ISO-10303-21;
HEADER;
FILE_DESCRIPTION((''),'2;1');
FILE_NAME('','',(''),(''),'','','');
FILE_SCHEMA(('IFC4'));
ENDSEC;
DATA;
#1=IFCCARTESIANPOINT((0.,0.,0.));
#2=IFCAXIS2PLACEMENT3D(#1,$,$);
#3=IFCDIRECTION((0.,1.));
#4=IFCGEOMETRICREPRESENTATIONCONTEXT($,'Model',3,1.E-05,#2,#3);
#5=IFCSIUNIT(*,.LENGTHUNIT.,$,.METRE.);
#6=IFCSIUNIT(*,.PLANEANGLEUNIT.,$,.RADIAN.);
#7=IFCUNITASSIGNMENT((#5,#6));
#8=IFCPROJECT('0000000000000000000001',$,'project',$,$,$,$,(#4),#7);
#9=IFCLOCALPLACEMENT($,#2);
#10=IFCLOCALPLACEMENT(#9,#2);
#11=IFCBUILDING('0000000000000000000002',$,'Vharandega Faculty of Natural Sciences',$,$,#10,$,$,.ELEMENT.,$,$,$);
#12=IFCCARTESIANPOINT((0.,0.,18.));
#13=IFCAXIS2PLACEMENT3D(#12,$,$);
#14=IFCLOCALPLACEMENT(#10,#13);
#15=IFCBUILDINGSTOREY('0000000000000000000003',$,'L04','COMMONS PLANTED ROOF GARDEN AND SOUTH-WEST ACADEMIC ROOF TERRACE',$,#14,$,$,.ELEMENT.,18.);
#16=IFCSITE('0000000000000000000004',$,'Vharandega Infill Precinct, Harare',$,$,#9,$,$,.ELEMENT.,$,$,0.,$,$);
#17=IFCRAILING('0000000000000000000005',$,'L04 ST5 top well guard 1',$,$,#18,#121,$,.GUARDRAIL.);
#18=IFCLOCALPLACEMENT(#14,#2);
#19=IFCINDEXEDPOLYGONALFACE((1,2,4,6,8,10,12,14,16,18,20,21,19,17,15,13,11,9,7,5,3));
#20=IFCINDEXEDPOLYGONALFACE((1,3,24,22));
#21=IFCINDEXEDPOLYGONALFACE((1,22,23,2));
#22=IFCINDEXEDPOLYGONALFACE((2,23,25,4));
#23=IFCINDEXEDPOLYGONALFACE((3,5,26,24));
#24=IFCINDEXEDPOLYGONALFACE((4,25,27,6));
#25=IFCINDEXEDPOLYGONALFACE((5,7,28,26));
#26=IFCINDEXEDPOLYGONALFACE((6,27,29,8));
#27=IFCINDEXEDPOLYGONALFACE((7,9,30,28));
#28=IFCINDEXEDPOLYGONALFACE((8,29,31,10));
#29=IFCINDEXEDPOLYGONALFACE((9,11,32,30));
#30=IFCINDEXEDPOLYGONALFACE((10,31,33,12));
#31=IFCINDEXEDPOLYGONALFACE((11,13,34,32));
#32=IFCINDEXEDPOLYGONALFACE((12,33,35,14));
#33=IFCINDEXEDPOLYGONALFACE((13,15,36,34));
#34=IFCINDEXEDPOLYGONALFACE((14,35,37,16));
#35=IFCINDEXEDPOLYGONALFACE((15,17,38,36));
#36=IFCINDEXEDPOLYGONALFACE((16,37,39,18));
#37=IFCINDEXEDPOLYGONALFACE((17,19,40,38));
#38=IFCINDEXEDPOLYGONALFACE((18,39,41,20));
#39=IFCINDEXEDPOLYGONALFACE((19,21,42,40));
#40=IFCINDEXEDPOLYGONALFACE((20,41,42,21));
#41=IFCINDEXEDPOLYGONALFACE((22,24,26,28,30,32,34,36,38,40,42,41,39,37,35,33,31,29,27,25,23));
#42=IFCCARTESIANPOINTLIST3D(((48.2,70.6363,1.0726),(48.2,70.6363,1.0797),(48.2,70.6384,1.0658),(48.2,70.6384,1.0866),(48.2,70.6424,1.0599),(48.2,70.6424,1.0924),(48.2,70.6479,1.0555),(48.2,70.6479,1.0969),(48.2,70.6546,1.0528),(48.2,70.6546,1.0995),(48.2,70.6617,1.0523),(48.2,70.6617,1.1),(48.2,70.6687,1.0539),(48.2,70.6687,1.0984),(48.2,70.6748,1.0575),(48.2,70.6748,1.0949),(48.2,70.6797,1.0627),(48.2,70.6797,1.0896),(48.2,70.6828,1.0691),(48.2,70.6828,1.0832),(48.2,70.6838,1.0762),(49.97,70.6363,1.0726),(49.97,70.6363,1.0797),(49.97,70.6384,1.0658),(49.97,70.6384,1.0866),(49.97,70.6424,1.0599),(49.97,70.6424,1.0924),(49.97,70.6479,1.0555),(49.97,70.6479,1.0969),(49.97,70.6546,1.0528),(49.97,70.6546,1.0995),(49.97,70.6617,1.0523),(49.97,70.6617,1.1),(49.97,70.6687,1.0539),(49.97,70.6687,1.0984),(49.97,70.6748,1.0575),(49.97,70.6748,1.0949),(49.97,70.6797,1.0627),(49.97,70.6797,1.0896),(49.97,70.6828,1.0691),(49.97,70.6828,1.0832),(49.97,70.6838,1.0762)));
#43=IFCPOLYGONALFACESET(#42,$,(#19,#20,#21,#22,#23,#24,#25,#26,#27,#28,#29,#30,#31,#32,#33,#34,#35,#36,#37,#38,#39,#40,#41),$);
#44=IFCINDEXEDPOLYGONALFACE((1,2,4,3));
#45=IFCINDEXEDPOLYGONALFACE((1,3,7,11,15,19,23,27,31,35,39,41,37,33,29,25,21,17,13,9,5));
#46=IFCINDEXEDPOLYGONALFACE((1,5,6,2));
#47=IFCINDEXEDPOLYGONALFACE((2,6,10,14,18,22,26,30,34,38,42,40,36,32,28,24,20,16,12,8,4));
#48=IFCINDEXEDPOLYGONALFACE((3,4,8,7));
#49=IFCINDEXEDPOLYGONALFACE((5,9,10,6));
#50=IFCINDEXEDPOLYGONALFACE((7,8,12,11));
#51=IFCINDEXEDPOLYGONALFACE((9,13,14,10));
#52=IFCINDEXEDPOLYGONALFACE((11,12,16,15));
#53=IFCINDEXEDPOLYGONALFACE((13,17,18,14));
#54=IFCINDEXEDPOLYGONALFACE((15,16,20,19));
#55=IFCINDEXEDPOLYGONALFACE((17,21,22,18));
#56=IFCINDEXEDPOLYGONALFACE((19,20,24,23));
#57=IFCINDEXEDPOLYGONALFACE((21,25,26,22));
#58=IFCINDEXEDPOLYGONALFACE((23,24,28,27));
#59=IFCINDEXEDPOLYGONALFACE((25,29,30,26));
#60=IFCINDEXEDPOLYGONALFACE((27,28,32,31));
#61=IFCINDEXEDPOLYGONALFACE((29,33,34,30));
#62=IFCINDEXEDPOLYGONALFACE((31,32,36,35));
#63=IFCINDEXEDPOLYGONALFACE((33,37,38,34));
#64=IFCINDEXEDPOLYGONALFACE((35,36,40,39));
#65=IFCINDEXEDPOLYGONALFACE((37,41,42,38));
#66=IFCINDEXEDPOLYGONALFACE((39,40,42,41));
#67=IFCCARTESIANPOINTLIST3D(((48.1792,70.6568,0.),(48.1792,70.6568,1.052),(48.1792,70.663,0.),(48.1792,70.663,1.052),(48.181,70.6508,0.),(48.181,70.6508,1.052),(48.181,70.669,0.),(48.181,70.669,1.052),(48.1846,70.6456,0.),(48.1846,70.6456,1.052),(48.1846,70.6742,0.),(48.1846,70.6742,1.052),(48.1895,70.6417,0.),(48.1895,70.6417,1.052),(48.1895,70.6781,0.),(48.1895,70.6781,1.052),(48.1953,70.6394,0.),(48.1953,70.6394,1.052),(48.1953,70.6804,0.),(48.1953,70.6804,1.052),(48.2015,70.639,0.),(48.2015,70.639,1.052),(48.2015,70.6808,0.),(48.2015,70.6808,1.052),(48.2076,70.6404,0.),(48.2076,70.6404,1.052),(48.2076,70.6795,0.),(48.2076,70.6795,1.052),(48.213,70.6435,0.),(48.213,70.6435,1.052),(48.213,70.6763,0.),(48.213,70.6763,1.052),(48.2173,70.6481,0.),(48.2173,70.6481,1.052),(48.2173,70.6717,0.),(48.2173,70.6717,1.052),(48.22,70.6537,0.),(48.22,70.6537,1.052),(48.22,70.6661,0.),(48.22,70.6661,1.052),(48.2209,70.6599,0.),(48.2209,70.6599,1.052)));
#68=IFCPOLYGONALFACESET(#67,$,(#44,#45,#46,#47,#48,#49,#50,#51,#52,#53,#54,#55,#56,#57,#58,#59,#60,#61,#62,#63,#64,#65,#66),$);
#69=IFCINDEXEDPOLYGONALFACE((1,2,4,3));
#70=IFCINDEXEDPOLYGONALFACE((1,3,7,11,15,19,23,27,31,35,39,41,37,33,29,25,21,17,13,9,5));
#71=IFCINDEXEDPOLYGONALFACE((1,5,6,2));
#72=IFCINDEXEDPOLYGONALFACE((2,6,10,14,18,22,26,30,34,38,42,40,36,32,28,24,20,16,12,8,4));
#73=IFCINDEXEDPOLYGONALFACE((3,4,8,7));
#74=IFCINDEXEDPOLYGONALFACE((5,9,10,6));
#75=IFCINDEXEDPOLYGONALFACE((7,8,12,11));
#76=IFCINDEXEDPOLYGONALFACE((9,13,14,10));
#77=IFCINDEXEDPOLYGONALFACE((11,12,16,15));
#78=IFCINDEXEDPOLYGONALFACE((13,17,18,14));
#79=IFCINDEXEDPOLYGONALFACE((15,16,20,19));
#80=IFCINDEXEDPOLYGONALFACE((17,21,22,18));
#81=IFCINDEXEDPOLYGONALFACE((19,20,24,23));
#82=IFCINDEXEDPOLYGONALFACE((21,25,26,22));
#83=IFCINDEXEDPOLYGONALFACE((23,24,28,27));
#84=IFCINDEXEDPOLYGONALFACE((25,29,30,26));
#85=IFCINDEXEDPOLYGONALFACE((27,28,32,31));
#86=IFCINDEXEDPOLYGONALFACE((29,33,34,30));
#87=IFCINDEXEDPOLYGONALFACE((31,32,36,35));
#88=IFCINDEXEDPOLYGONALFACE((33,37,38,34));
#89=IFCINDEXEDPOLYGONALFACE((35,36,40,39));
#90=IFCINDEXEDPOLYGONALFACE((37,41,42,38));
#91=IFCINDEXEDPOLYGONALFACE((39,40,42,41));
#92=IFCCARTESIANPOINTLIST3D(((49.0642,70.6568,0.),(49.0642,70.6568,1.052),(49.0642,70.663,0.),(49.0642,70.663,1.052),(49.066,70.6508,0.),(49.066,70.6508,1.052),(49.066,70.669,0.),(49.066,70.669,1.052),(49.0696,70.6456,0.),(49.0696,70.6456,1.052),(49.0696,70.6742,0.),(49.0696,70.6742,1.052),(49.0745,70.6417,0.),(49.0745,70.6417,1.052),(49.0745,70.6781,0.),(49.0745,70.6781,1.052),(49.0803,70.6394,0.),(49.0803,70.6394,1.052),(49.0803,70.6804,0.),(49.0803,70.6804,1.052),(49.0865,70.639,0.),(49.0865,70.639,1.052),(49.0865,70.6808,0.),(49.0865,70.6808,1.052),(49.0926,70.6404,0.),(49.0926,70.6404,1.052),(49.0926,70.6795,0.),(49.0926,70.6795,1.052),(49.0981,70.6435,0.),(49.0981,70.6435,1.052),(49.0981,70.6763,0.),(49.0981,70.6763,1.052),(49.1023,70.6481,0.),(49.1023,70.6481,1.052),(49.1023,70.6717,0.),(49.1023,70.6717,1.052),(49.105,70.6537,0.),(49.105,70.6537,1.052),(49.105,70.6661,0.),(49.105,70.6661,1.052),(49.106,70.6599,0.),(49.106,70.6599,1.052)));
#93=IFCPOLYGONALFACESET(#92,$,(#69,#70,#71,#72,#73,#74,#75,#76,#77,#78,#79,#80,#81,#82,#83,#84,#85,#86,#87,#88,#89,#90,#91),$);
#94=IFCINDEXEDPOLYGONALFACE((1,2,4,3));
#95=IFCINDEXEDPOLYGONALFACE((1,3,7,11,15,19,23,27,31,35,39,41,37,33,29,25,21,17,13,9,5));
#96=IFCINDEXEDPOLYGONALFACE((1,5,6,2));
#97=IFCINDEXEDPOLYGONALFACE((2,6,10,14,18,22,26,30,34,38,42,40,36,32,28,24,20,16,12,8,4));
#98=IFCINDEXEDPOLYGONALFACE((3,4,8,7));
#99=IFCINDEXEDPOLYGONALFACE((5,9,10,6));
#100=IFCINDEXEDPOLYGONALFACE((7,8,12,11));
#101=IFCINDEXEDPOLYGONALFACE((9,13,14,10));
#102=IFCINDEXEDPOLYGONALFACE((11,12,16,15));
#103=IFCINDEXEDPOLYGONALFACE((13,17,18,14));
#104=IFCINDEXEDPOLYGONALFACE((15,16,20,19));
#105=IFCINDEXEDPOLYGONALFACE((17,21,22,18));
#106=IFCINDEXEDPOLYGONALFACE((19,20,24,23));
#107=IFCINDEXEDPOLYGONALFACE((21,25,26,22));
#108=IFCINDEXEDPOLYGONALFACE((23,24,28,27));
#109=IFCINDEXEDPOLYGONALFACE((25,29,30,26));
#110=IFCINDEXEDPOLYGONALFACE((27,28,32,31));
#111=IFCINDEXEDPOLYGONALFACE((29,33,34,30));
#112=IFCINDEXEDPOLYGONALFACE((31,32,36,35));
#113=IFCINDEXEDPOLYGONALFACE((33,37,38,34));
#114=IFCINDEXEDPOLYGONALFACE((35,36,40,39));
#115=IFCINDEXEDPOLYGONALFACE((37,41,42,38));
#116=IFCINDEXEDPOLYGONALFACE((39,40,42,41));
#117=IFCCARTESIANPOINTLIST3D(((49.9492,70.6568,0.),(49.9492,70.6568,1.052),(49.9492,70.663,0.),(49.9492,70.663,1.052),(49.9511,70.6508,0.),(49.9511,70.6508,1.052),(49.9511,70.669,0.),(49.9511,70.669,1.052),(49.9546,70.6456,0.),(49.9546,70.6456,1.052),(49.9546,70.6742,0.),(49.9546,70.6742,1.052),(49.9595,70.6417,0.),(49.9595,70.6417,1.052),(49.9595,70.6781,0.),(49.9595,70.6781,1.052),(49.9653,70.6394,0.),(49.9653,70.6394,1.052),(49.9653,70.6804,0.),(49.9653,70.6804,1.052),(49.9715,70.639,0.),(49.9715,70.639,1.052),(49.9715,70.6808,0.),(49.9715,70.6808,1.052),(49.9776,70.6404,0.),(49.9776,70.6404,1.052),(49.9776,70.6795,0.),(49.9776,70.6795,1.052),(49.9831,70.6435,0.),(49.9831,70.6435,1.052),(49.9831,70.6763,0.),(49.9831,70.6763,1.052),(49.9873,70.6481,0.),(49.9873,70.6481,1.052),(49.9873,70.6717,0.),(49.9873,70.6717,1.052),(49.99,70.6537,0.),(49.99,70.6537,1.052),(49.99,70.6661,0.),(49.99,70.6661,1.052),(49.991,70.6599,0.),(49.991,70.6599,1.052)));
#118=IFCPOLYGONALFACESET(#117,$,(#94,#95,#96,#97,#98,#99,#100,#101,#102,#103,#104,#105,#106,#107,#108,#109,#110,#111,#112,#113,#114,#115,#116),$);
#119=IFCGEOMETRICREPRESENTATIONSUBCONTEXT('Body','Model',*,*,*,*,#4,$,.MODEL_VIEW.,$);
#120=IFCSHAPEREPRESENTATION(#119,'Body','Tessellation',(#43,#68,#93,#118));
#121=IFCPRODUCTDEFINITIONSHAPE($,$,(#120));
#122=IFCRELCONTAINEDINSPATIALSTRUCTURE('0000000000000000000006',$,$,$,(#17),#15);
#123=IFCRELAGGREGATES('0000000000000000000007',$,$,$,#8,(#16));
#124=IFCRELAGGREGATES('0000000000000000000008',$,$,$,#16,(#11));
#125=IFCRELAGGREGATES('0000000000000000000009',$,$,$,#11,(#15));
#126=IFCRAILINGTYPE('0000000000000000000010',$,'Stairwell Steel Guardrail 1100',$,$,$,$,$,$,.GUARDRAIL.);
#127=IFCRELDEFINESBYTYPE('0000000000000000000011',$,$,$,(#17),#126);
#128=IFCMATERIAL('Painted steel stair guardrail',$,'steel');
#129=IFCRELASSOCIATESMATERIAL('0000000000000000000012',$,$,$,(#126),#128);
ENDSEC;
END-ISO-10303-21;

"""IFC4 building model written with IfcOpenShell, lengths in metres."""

from ifc_helpers import new_model, si_unit, direction, frame, origin, origin_2d, place, context, subcontext, project, spatial, circle, extrude, material, type_object, element, save


model = new_model("IFC4")

# Units and contexts
model_context = context("Model", 3, precision=1e-05, world=origin(), true_north=direction((0.0, 1.0)))
body_context = subcontext(model_context, "Body", "Model", "MODEL_VIEW")
ifc_project = project(units=[si_unit("LENGTHUNIT", "METRE"), si_unit("PLANEANGLEUNIT", "RADIAN")], contexts=[model_context])

# Site, building, storey
site_placement = place(None, origin())
site = spatial("IfcSite", under=ifc_project, at=site_placement, Name="Vharandega Infill Precinct, Harare", CompositionType="ELEMENT", RefElevation=0.0)
building_placement = place(site_placement, origin())
building = spatial("IfcBuilding", under=site, at=building_placement, Name="Vharandega Faculty of Natural Sciences", CompositionType="ELEMENT")
storey_placement = place(building_placement, frame((0.0, 0.0, 18.0)))
storey = spatial("IfcBuildingStorey", under=building, at=storey_placement, Name="L04", Description="COMMONS PLANTED ROOF GARDEN AND SOUTH-WEST ACADEMIC ROOF TERRACE", CompositionType="ELEMENT", Elevation=18.0)

# Railing
ifc_material_1 = material(Name="Painted steel stair guardrail", Category="steel")
railing_type = type_object("IfcRailingType", Name="Stairwell Steel Guardrail 1100", PredefinedType="GUARDRAIL", material=ifc_material_1)
railing_placement = place(storey_placement, frame((48.2, 70.6599, 0.0)))
element("IfcRailing", 1, at=railing_placement, inside=storey, type_object=railing_type, Name="L04 ST5 top well guard 1", PredefinedType="GUARDRAIL", context=body_context, shape_type="SweptSolid", body=[
    extrude(circle(Radius=0.0239, at=origin_2d()), frame((0.0, 0.0, 1.0762), z_axis=(1.0, 0.0, 0.0), x_axis=(0.0, 1.0, 0.0)), (0.0, 0.0, 1.0), 1.77),
    extrude(circle(Radius=0.021, at=origin_2d()), origin(), (0.0, 0.0, 1.0), 1.052),
    extrude(circle(Radius=0.021, at=origin_2d()), frame((0.885, 0.0, 0.0)), (0.0, 0.0, 1.0), 1.052),
    extrude(circle(Radius=0.021, at=origin_2d()), frame((1.77, 0.0, 0.0)), (0.0, 0.0, 1.0), 1.052),
])

save(model, "model.ifc")
